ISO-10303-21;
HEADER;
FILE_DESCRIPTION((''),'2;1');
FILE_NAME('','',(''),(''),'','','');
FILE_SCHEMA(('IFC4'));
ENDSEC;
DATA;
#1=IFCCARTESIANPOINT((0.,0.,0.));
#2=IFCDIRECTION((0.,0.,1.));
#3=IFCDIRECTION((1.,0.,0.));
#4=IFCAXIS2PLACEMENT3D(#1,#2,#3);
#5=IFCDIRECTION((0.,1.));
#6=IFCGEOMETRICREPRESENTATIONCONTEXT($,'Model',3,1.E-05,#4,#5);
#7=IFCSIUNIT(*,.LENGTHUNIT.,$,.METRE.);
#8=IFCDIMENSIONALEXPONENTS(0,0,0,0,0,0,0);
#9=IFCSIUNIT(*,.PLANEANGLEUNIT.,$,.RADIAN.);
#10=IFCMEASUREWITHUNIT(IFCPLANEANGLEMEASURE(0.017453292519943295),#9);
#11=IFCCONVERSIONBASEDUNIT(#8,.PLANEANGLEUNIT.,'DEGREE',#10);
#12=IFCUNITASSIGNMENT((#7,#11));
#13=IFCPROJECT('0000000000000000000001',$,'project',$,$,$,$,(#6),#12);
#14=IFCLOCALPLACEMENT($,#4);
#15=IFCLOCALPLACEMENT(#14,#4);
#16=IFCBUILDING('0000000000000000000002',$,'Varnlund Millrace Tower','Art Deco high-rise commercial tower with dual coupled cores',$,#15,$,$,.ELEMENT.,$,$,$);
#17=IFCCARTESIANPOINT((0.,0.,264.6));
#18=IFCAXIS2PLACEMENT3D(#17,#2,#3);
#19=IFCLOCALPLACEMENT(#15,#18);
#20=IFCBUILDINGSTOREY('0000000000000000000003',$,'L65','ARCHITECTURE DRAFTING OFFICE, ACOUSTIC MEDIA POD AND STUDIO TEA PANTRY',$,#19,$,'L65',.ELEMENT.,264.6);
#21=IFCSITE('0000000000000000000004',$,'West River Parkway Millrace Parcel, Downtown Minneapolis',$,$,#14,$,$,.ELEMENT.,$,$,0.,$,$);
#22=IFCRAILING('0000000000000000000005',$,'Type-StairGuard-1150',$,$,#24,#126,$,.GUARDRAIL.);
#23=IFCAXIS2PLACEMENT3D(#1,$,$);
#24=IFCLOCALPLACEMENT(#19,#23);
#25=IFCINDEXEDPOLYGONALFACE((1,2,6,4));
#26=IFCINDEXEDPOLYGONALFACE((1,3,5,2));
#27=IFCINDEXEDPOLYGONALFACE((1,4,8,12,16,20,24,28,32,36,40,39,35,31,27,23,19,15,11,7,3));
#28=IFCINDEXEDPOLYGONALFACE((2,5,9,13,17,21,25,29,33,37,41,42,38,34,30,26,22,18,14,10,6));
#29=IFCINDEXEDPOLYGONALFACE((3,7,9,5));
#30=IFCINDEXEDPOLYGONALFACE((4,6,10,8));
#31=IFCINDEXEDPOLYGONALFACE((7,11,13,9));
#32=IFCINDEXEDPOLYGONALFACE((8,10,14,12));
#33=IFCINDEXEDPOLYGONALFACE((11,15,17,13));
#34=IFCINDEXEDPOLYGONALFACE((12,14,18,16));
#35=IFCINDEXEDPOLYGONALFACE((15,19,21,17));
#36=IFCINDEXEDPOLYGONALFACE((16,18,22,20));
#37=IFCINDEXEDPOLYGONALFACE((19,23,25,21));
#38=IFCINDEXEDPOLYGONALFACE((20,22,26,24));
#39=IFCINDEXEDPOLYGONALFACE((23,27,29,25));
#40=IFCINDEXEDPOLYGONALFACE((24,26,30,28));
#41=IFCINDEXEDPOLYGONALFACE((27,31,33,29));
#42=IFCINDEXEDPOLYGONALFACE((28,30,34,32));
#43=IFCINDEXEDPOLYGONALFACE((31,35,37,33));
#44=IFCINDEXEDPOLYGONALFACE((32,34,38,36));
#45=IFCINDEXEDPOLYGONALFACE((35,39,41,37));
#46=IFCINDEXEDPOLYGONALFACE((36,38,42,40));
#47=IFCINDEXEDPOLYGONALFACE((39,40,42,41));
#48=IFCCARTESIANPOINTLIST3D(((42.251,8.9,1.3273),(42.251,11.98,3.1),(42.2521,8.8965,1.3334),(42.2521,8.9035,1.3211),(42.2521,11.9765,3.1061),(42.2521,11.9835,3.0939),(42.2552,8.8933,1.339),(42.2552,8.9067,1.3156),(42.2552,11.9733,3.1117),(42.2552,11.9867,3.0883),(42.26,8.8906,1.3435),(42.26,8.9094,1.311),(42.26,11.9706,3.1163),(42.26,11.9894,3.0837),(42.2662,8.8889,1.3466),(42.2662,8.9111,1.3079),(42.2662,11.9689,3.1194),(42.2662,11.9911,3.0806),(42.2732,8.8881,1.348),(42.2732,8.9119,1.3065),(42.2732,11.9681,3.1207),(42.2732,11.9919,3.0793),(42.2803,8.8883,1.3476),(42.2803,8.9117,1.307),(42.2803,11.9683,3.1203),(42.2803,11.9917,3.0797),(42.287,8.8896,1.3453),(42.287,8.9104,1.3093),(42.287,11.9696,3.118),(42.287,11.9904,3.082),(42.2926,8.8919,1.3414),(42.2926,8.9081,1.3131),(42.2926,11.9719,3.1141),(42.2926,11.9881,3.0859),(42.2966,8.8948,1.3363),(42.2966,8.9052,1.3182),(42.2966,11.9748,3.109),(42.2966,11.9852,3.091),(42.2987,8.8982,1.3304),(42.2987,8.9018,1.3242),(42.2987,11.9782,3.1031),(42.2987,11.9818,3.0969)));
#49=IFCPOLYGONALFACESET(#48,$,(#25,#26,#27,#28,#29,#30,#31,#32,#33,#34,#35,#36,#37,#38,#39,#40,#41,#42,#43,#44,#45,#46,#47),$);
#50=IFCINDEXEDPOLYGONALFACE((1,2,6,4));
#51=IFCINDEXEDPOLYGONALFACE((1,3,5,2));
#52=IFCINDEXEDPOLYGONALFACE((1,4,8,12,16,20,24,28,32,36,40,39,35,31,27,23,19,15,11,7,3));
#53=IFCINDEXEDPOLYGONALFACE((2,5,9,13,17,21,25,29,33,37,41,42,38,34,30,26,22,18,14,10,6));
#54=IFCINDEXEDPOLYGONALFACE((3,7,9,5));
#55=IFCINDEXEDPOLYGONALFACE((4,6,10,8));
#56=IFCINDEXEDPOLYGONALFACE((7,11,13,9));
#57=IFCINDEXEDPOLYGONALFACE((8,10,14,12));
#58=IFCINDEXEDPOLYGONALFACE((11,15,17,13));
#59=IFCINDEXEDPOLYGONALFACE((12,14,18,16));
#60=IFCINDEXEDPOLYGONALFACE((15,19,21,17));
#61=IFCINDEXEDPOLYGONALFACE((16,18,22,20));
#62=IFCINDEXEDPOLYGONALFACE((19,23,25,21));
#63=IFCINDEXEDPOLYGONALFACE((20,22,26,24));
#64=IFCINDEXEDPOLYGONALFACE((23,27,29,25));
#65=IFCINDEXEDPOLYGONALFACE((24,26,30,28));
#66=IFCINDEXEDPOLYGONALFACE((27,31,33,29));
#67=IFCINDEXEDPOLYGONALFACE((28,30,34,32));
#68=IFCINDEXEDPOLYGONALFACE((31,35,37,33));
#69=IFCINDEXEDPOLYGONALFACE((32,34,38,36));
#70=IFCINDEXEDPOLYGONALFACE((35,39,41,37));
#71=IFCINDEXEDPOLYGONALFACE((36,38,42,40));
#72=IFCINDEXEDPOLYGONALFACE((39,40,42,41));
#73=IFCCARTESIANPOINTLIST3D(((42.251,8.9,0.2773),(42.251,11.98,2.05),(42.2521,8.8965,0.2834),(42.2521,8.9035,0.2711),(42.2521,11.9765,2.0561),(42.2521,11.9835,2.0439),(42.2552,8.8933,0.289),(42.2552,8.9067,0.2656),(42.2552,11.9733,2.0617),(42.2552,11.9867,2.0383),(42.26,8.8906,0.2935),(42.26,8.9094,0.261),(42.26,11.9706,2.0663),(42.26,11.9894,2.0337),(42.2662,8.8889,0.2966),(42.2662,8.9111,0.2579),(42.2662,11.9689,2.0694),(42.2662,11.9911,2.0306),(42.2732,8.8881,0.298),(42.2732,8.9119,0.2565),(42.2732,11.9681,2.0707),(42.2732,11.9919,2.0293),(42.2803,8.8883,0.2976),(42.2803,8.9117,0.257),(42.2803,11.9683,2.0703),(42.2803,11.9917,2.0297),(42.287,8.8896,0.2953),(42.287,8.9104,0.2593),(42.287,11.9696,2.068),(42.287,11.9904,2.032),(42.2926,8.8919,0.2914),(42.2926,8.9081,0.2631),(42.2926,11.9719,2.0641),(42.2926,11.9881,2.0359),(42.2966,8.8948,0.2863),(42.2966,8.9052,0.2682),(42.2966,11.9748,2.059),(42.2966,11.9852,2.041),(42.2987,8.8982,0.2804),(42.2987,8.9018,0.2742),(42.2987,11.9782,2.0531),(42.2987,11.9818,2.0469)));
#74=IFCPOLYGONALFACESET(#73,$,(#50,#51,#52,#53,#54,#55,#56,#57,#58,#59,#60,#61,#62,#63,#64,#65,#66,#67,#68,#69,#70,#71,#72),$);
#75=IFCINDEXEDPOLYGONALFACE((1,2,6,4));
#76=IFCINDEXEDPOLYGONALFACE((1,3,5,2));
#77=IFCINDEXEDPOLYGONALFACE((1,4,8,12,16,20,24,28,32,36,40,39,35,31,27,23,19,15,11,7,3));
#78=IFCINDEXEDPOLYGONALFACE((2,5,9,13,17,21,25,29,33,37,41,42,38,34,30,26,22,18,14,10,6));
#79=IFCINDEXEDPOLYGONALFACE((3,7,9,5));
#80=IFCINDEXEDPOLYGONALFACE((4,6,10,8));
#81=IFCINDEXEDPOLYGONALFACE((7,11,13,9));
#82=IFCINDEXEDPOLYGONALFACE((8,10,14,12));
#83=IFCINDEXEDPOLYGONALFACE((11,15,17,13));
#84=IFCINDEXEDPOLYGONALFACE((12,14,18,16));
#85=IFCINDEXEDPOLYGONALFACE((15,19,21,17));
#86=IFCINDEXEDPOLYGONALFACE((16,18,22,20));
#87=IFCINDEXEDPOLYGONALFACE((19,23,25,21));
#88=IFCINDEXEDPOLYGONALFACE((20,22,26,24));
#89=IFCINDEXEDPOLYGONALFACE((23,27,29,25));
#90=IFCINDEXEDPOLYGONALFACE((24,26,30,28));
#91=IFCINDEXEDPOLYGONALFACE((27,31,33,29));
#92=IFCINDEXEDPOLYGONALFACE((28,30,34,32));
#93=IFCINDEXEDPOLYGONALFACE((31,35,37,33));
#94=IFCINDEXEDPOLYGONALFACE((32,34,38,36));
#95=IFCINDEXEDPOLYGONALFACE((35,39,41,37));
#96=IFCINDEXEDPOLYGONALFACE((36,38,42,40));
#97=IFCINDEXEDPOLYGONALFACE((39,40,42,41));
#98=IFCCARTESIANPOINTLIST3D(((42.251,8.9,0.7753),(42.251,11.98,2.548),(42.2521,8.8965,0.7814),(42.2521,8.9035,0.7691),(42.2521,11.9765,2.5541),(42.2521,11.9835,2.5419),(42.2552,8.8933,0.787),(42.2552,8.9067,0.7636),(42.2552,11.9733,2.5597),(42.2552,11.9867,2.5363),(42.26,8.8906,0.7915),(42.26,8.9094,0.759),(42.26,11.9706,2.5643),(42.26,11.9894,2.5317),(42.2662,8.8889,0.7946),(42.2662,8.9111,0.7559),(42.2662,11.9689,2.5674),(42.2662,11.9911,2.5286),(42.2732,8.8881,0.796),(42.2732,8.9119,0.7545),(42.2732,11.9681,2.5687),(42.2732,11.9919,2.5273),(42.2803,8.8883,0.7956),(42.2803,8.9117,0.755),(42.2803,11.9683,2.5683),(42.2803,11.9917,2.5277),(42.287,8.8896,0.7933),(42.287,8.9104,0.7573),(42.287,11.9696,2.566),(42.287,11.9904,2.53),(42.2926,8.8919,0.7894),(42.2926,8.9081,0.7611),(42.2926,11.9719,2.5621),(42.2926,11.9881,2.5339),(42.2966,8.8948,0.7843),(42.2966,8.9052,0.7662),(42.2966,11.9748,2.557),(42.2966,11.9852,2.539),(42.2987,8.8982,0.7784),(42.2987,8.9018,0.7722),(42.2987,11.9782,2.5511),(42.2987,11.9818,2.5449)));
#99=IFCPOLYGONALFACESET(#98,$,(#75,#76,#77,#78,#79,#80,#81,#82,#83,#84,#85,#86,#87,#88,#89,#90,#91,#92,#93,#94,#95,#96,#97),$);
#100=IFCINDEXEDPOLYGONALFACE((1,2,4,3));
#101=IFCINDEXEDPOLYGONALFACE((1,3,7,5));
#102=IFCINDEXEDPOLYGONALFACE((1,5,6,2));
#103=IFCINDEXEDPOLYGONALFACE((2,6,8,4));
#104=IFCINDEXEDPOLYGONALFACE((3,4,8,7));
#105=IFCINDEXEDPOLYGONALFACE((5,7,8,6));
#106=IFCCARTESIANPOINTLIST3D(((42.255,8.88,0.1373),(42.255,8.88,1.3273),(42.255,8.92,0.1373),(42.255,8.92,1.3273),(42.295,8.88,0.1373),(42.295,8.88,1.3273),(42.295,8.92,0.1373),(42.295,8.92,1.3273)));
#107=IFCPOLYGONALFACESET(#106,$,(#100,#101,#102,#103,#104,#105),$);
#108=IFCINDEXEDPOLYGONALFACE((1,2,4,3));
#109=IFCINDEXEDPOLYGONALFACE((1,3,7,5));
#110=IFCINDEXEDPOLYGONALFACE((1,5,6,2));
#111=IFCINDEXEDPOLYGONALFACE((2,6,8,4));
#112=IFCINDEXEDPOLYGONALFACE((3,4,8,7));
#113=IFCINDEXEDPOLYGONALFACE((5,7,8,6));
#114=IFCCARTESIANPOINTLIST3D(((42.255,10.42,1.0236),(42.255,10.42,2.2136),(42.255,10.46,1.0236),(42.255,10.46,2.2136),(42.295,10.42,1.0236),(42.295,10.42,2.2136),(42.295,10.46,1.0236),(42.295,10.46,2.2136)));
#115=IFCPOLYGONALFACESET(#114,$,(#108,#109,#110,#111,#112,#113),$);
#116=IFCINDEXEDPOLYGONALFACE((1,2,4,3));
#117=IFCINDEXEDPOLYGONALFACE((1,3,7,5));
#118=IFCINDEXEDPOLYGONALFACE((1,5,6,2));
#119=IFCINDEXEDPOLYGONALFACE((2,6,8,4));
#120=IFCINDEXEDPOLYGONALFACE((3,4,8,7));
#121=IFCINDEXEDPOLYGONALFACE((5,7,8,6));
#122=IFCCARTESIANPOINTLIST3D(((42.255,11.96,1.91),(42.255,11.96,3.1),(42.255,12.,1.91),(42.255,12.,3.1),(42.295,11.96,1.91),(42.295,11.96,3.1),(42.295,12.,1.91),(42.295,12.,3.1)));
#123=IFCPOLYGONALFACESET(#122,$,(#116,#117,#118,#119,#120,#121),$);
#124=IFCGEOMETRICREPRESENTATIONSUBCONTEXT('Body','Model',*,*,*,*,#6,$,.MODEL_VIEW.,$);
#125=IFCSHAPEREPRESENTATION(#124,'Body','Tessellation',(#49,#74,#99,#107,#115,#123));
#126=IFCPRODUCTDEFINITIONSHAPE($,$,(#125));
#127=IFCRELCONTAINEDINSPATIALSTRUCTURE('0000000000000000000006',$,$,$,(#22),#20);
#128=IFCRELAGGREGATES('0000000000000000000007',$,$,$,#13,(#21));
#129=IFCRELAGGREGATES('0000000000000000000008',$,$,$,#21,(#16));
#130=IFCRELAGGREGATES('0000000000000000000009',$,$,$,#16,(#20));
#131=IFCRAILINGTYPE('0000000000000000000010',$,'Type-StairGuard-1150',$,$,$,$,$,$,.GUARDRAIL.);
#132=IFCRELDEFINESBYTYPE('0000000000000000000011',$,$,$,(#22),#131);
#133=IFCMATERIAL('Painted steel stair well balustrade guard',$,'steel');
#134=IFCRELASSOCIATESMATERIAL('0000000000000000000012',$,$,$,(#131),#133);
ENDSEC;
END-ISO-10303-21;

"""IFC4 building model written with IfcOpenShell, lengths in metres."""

from ifc_helpers import new_model, entity, si_unit, converted_unit, direction, frame, origin_with_axes, origin_2d_with_axis, place, context, subcontext, project, spatial, rectangle, circle, extrude, material, type_object, element, save


model = new_model("IFC4")

# Units and contexts
model_context = context("Model", 3, precision=1e-05, world=origin_with_axes(), true_north=direction((0.0, 1.0)))
body_context = subcontext(model_context, "Body", "Model", "MODEL_VIEW")
ifc_project = project(units=[si_unit("LENGTHUNIT", "METRE"), converted_unit("PLANEANGLEUNIT", "DEGREE", entity("IfcPlaneAngleMeasure", 0.017453292519943295), si_unit("PLANEANGLEUNIT", "RADIAN"), dimensions=[0, 0, 0, 0, 0, 0, 0])], contexts=[model_context])

# Site, building, storey
site_placement = place(None, origin_with_axes())
site = spatial("IfcSite", under=ifc_project, at=site_placement, Name="West River Parkway Millrace Parcel, Downtown Minneapolis", CompositionType="ELEMENT", RefElevation=0.0)
building_placement = place(site_placement, origin_with_axes())
building = spatial("IfcBuilding", under=site, at=building_placement, Name="Varnlund Millrace Tower", Description="Art Deco high-rise commercial tower with dual coupled cores", CompositionType="ELEMENT")
storey_placement = place(building_placement, frame((0.0, 0.0, 264.6), z_axis=(0.0, 0.0, 1.0), x_axis=(1.0, 0.0, 0.0)))
storey = spatial("IfcBuildingStorey", under=building, at=storey_placement, Name="L65", Description="ARCHITECTURE DRAFTING OFFICE, ACOUSTIC MEDIA POD AND STUDIO TEA PANTRY", LongName="L65", CompositionType="ELEMENT", Elevation=264.6)

# Railing
ifc_material_1 = material(Name="Painted steel stair well balustrade guard", Category="steel")
railing_type_1 = type_object("IfcRailingType", Name="Type-StairGuard-1150", PredefinedType="GUARDRAIL", material=ifc_material_1)
railing_1_placement = place(storey_placement, frame((0.0, 0.0, -264.6), z_axis=(0.0, 0.0, 1.0), x_axis=(1.0, 0.0, 0.0)))
element("IfcRailing", 1, at=railing_1_placement, inside=storey, type_object=railing_type_1, Name="Type-StairGuard-1150", PredefinedType="GUARDRAIL", context=body_context, shape_type="SweptSolid", body=[
    extrude(circle(Radius=0.024, at=origin_2d_with_axis()), frame((42.275, 8.9, 265.9273), z_axis=(0.0, 0.866696, 0.498836), x_axis=(-1.0, 0.0, 0.0)), (0.0, 0.0, 1.0), 3.5537),
    extrude(circle(Radius=0.024, at=origin_2d_with_axis()), frame((42.275, 8.9, 264.8773), z_axis=(0.0, 0.866696, 0.498836), x_axis=(-1.0, 0.0, 0.0)), (0.0, 0.0, 1.0), 3.5537),
    extrude(circle(Radius=0.024, at=origin_2d_with_axis()), frame((42.275, 8.9, 265.3753), z_axis=(0.0, 0.866696, 0.498836), x_axis=(-1.0, 0.0, 0.0)), (0.0, 0.0, 1.0), 3.5537),
    extrude(rectangle(XDim=0.04, YDim=0.04, at=origin_2d_with_axis()), frame((42.275, 8.9, 264.7373), z_axis=(0.0, 0.0, 1.0), x_axis=(1.0, 0.0, 0.0)), (0.0, 0.0, 1.0), 1.19),
    extrude(rectangle(XDim=0.04, YDim=0.04, at=origin_2d_with_axis()), frame((42.275, 10.44, 265.6236), z_axis=(0.0, 0.0, 1.0), x_axis=(1.0, 0.0, 0.0)), (0.0, 0.0, 1.0), 1.19),
    extrude(rectangle(XDim=0.04, YDim=0.04, at=origin_2d_with_axis()), frame((42.275, 11.98, 266.51), z_axis=(0.0, 0.0, 1.0), x_axis=(1.0, 0.0, 0.0)), (0.0, 0.0, 1.0), 1.19),
])

save(model, "model.ifc")
